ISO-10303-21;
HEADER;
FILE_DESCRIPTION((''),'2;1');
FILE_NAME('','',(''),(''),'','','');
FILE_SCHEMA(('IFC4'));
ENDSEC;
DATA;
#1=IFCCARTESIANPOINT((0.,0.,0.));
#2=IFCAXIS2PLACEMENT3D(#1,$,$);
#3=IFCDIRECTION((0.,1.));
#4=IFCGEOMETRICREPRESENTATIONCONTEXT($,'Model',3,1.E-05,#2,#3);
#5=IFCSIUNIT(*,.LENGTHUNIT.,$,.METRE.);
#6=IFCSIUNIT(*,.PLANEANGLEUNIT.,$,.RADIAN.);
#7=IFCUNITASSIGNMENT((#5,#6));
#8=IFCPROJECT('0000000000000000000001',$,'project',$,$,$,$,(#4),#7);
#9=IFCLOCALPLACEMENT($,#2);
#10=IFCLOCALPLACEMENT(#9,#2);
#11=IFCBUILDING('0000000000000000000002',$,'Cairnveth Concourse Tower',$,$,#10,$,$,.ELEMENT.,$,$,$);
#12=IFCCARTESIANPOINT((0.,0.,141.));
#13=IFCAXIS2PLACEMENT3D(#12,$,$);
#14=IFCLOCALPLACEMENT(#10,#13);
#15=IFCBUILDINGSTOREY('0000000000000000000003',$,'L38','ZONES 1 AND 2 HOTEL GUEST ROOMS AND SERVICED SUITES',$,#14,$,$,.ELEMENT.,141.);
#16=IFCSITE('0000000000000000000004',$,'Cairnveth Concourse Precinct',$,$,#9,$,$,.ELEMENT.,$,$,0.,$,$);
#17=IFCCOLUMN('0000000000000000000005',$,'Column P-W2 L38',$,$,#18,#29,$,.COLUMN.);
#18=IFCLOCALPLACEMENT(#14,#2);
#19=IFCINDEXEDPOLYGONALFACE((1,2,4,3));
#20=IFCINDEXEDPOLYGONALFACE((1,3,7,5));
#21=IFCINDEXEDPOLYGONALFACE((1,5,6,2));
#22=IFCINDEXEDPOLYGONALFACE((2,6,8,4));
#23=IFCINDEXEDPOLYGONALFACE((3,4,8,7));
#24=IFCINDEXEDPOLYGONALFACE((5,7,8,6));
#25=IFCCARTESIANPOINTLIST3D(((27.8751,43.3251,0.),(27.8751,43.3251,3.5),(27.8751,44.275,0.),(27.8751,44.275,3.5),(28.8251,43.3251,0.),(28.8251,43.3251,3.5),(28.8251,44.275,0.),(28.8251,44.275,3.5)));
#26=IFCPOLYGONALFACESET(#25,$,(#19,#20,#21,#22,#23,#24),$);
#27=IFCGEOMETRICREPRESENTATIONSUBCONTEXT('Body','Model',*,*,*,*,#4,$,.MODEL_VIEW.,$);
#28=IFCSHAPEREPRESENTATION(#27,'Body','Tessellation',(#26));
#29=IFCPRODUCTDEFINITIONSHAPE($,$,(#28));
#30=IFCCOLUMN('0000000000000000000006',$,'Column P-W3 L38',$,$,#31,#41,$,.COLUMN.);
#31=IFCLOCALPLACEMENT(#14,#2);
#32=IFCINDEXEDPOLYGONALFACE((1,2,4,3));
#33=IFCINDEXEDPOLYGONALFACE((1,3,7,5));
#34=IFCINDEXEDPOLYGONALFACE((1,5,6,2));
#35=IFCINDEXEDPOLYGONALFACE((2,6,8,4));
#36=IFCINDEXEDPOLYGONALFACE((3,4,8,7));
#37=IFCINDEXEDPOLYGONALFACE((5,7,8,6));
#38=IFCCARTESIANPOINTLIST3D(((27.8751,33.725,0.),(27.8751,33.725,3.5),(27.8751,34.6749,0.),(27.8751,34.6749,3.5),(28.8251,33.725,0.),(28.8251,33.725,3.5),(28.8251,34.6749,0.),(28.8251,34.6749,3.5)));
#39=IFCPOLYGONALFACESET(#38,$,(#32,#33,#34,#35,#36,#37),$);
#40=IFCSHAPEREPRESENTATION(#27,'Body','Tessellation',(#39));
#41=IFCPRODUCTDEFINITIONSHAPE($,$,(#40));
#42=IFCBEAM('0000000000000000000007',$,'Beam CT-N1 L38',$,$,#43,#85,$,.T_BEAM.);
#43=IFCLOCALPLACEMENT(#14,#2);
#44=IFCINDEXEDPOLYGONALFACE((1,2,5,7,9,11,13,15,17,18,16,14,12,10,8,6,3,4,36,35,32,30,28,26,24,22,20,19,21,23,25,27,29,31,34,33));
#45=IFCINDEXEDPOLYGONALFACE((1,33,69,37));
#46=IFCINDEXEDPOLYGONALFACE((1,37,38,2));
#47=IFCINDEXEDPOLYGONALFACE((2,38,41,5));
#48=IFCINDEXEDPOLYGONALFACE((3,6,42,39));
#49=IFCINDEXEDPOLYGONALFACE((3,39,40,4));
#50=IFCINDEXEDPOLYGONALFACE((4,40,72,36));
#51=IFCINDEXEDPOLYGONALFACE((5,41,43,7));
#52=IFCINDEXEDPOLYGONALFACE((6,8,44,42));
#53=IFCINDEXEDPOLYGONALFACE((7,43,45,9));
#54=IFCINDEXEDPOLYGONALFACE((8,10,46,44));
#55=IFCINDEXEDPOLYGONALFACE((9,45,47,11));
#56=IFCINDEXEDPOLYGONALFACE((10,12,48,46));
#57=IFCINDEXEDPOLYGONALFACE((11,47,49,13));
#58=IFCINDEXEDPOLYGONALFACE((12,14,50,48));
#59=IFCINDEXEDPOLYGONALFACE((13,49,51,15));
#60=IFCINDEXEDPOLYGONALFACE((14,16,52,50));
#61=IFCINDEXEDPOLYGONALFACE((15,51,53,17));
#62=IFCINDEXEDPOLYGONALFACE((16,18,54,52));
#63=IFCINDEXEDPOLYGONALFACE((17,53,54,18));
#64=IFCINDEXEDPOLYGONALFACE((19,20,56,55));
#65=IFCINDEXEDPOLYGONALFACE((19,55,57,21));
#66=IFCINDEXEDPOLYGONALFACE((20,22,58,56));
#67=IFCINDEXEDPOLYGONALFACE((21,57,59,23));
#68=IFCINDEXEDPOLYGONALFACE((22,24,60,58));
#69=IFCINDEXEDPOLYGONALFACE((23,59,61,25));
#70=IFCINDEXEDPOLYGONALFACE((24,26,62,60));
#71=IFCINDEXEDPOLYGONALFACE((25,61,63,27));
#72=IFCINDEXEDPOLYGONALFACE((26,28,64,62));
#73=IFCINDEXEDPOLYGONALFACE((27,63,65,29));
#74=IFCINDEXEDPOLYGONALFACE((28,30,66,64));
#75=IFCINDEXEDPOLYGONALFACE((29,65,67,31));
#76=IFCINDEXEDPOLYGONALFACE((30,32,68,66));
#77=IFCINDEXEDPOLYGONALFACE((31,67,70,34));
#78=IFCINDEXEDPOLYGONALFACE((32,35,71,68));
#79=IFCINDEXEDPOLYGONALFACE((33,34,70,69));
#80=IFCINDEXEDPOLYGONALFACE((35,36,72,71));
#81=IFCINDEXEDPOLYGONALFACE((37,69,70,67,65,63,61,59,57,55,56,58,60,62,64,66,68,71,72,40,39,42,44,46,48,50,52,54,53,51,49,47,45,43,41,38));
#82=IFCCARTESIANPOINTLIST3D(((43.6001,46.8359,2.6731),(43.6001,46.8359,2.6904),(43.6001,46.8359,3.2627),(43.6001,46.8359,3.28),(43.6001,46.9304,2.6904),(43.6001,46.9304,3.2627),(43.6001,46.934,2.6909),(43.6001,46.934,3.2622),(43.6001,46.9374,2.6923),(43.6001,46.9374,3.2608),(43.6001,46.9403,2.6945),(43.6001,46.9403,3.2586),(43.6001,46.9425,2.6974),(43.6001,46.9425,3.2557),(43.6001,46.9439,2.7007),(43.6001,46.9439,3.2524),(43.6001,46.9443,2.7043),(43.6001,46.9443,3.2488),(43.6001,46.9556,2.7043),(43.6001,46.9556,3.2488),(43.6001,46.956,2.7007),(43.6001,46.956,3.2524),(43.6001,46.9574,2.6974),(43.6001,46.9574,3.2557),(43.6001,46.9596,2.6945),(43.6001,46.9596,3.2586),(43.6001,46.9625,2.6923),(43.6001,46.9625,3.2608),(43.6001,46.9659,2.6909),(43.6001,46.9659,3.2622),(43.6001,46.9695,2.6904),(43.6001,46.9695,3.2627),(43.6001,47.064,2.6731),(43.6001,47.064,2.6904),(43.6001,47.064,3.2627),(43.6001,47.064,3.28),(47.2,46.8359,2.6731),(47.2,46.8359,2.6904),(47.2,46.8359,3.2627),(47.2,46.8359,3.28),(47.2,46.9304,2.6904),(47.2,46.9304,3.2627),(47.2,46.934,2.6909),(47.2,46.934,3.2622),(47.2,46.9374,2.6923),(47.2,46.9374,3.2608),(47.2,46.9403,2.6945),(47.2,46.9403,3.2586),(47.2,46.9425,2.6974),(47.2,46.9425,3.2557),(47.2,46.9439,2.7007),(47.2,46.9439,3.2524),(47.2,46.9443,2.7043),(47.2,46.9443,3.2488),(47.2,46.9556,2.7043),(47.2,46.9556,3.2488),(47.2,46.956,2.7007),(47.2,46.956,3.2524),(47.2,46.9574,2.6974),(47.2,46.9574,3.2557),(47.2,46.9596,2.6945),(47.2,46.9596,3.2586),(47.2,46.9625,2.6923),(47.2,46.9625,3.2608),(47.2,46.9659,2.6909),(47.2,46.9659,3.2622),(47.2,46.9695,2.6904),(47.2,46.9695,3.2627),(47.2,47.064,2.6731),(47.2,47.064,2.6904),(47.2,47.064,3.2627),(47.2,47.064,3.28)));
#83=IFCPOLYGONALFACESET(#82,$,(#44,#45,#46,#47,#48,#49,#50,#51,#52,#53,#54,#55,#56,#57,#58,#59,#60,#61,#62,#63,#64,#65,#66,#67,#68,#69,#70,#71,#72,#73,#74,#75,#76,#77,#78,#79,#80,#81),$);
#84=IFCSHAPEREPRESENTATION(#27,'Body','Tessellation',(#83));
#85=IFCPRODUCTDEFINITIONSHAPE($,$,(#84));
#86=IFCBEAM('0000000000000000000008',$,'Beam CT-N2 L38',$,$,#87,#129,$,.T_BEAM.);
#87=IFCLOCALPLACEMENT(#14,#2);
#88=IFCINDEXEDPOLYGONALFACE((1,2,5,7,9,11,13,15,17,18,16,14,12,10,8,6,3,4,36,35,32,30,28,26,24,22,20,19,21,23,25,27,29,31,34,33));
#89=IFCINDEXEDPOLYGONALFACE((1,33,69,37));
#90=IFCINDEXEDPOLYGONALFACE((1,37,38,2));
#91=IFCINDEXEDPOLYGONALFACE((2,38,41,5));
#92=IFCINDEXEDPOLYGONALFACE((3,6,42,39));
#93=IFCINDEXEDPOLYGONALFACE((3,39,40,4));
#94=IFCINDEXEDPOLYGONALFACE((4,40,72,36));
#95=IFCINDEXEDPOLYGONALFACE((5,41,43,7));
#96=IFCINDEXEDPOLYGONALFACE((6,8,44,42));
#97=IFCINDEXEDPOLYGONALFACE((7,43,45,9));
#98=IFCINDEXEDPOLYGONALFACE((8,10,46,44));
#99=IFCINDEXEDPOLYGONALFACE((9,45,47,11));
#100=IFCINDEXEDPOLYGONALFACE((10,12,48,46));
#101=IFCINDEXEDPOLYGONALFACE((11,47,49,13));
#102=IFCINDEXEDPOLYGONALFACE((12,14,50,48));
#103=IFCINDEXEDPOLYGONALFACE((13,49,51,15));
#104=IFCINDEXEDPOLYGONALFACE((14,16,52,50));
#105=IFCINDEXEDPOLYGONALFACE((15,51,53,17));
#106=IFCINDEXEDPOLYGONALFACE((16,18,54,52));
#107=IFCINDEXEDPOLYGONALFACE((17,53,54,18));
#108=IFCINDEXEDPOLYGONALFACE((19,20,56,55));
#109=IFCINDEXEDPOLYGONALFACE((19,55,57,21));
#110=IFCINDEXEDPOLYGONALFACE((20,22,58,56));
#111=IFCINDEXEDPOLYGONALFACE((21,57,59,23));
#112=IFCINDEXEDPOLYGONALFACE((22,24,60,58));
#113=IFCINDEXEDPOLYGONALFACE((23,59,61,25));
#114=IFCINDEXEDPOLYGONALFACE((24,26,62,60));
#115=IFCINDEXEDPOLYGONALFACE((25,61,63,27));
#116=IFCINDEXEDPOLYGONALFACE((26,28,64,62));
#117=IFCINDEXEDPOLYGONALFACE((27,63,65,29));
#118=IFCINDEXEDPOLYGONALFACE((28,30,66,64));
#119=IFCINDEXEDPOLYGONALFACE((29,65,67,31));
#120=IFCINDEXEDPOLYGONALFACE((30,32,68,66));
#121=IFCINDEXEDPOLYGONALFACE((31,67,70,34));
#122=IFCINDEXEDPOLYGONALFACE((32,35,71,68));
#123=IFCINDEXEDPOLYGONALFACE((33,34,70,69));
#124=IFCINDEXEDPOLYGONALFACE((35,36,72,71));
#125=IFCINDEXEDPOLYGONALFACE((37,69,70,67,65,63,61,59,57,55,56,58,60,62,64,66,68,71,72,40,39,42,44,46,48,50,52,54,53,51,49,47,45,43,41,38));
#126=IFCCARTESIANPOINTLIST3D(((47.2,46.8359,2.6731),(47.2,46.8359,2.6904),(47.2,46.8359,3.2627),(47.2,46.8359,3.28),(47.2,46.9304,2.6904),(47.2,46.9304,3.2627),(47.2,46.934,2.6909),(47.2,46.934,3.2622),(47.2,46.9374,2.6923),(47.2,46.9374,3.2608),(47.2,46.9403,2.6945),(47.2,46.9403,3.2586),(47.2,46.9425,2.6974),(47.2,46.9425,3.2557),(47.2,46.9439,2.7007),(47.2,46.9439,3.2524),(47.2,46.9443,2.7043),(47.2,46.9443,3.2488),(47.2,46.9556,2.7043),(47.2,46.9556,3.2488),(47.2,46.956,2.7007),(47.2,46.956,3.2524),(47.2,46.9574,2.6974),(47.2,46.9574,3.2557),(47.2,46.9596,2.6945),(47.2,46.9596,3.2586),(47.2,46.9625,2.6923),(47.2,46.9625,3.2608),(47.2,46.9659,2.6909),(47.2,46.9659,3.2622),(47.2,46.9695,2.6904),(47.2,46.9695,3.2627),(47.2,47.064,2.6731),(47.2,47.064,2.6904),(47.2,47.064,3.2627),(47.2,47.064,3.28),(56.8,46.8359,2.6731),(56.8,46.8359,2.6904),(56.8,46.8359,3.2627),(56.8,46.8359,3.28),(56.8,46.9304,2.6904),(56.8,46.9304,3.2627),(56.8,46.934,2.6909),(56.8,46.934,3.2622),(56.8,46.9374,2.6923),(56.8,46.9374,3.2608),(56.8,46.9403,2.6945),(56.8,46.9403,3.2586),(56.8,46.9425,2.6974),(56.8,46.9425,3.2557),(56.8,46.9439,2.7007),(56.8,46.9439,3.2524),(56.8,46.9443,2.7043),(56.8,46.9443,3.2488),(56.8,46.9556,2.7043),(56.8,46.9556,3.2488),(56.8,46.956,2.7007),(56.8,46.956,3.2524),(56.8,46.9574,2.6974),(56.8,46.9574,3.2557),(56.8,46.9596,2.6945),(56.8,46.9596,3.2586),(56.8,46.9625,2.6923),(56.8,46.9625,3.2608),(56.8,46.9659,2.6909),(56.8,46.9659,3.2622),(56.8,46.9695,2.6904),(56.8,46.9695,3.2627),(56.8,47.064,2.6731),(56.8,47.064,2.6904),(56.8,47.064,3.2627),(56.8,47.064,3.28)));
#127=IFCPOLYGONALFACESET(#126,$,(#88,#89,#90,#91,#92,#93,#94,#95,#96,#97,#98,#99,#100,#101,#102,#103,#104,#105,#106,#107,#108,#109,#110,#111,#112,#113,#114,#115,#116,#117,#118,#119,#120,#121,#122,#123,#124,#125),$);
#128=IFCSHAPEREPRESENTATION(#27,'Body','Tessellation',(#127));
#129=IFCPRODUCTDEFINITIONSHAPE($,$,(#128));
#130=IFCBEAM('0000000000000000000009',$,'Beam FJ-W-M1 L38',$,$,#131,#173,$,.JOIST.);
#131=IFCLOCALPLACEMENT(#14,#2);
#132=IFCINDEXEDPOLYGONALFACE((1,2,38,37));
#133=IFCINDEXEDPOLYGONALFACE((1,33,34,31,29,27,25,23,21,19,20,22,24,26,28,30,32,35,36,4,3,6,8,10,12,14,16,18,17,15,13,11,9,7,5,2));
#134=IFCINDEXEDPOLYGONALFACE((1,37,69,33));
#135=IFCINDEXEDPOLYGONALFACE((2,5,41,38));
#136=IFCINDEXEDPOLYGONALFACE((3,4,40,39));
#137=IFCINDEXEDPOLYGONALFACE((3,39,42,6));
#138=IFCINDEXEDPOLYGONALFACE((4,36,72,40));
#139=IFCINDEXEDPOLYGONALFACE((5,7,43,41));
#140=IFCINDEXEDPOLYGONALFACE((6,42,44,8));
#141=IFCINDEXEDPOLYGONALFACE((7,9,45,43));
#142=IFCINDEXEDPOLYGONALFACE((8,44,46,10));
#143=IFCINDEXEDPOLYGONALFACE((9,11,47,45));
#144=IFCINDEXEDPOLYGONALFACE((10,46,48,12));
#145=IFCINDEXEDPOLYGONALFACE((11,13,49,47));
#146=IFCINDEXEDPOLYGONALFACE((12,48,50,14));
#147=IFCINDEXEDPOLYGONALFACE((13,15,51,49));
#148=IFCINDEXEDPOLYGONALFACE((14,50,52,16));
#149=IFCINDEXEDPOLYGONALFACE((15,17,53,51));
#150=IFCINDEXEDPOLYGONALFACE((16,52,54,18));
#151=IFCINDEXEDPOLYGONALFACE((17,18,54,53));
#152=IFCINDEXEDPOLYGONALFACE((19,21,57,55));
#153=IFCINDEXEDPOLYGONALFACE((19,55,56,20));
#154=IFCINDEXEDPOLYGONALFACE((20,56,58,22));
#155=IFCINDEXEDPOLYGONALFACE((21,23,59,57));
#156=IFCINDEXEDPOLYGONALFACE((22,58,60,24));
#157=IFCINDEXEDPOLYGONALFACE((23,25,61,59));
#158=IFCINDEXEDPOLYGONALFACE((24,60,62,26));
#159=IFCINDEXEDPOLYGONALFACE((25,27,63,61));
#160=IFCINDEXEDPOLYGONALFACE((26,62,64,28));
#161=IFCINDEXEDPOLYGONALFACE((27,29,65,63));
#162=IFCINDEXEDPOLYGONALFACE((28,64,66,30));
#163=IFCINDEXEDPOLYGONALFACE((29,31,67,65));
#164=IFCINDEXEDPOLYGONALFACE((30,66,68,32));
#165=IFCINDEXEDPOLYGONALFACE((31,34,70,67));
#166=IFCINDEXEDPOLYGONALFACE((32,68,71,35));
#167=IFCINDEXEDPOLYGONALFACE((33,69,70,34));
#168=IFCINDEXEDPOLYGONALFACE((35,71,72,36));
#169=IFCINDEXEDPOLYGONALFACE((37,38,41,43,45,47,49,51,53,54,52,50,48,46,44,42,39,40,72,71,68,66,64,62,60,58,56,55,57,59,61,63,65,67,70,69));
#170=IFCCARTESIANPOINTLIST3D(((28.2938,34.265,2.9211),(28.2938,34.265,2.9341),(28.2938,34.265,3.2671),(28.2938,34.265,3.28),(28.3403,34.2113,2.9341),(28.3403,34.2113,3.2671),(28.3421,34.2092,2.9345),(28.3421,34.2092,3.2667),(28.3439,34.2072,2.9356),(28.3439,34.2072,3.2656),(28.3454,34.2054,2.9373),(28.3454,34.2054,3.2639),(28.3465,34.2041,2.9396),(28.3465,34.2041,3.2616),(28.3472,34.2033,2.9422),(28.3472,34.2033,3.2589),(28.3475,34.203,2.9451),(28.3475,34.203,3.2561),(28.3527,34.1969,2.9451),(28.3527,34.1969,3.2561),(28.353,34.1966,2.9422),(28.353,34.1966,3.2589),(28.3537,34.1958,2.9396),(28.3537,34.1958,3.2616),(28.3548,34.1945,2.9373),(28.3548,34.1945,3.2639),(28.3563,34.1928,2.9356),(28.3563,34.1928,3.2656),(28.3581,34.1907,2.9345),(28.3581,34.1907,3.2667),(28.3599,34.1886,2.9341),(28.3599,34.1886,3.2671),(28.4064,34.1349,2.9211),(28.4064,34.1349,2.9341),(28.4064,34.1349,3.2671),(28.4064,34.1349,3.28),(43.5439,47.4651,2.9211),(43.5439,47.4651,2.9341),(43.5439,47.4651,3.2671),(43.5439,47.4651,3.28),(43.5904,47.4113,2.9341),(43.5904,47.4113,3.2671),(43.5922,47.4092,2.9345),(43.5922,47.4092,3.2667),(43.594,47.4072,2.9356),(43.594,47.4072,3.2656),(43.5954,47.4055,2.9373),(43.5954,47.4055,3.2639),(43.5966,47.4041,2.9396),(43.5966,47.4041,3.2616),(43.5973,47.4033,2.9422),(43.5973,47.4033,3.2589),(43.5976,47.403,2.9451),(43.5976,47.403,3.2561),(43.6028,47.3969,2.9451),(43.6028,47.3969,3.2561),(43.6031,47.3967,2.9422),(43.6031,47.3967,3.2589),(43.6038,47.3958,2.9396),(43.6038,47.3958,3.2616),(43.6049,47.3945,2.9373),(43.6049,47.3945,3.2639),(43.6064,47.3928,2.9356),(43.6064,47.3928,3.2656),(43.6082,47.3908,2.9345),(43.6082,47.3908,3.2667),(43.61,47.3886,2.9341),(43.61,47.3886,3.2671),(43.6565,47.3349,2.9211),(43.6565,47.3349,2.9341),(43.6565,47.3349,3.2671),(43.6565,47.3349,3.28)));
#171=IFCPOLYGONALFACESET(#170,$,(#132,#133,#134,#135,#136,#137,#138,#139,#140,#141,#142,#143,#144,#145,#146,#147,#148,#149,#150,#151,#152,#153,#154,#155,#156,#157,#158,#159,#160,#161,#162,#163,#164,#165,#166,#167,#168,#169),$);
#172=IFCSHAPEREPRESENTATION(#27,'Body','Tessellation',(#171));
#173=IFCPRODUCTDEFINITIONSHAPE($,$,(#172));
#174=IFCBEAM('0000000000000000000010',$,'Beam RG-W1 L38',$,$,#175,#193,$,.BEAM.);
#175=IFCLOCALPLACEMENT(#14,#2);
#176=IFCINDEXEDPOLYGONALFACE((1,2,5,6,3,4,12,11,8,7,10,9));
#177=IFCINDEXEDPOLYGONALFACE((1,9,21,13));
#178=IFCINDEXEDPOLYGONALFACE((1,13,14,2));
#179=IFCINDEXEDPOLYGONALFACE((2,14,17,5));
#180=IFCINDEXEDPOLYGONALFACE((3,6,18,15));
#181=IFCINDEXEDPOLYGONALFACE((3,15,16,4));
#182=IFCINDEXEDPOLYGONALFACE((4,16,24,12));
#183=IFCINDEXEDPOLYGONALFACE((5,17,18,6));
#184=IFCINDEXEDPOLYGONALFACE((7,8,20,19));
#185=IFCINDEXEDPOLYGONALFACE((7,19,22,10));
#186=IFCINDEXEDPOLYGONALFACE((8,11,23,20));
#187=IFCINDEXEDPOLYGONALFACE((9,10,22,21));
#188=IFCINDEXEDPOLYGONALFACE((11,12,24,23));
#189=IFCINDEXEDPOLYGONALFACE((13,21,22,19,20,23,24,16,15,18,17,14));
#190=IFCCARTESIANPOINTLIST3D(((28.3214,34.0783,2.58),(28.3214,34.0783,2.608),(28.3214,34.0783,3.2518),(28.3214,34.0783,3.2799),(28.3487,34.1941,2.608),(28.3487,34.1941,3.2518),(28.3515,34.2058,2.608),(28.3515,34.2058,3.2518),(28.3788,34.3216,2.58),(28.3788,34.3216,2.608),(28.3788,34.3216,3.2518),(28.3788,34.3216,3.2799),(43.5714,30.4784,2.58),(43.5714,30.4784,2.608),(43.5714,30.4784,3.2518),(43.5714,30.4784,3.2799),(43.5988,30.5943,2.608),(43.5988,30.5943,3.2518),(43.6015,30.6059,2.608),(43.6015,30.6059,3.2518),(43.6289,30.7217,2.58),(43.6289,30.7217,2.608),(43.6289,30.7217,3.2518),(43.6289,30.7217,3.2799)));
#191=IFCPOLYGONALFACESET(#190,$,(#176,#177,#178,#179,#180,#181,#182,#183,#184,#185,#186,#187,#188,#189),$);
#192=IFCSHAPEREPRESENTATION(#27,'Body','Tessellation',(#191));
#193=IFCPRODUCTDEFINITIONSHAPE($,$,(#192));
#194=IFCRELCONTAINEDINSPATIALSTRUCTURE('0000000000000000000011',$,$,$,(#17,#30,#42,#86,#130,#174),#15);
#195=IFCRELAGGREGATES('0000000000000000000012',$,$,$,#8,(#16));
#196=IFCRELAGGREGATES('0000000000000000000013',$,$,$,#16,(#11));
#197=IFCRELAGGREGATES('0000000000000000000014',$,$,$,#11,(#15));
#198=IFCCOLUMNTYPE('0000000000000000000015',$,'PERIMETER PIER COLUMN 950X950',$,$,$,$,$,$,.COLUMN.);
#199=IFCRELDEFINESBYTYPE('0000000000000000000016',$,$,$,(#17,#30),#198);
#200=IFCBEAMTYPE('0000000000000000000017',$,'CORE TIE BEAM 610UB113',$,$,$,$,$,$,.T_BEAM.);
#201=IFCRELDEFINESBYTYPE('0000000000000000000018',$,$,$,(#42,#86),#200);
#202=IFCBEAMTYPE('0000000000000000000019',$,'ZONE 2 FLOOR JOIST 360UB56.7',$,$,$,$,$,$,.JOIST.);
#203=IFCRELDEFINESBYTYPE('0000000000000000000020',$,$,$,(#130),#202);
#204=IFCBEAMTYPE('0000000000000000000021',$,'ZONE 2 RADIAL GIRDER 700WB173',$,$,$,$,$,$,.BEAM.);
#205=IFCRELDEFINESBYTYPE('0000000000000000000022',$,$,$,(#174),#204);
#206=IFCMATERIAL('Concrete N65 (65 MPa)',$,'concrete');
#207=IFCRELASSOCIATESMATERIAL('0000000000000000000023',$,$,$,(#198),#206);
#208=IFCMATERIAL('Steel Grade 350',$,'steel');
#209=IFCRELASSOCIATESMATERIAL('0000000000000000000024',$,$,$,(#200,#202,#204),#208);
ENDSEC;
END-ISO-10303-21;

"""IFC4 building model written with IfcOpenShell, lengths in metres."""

from ifc_helpers import new_model, si_unit, direction, frame, origin, origin_2d, place, context, subcontext, project, spatial, rectangle, i_section, extrude, material, material_profile, profile_set, type_object, element, save


model = new_model("IFC4")

# Units and contexts
model_context = context("Model", 3, precision=1e-05, world=origin(), true_north=direction((0.0, 1.0)))
body_context = subcontext(model_context, "Body", "Model", "MODEL_VIEW")
ifc_project = project(units=[si_unit("LENGTHUNIT", "METRE"), si_unit("PLANEANGLEUNIT", "RADIAN")], contexts=[model_context])

# Site, building, storey
site_placement = place(None, origin())
site = spatial("IfcSite", under=ifc_project, at=site_placement, Name="Cairnveth Concourse Precinct", CompositionType="ELEMENT", RefElevation=0.0)
building_placement = place(site_placement, origin())
building = spatial("IfcBuilding", under=site, at=building_placement, Name="Cairnveth Concourse Tower", CompositionType="ELEMENT")
storey_placement = place(building_placement, frame((0.0, 0.0, 141.0)))
storey = spatial("IfcBuildingStorey", under=building, at=storey_placement, Name="L38", Description="ZONES 1 AND 2 HOTEL GUEST ROOMS AND SERVICED SUITES", CompositionType="ELEMENT", Elevation=141.0)

# Columns
ifc_material_1 = material(Name="Concrete N65 (65 MPa)", Category="concrete")
ifc_material_profile_1 = material_profile(ifc_material_1, rectangle(XDim=0.95, YDim=0.95, at=origin_2d()), Name="RC-COL-950x950")
ifc_profile_set_1 = profile_set([ifc_material_profile_1], Name="Concrete N65 (65 MPa)")
column_type = type_object("IfcColumnType", Name="PERIMETER PIER COLUMN 950X950", PredefinedType="COLUMN", material=ifc_profile_set_1)
for number, where, z_axis, x_axis, name in (
    (1, (28.3501, 43.8, 0.0), (0.0, 0.0, 1.0), (0.0, 1.0, 0.0), "Column P-W2 L38"),
    (2, (28.3501, 34.2, 0.0), (0.0, 0.0, 1.0), (0.0, 1.0, 0.0), "Column P-W3 L38"),
):
    element("IfcColumn", number, at=place(storey_placement, frame(where, z_axis=z_axis, x_axis=x_axis)), inside=storey, type_object=column_type, Name=name, PredefinedType="COLUMN", context=body_context, shape_type="SweptSolid", body=[
        extrude(rectangle(XDim=0.95, YDim=0.95, at=origin_2d()), origin(), (0.0, 0.0, 1.0), 3.5),
    ])

# Beams
ifc_material_2 = material(Name="Steel Grade 350", Category="steel")
ifc_material_profile_2 = material_profile(ifc_material_2, i_section(OverallWidth=0.228, OverallDepth=0.6069, WebThickness=0.0112, FlangeThickness=0.0173, FilletRadius=0.0139, at=origin_2d()), Name="610UB113")
ifc_profile_set_2 = profile_set([ifc_material_profile_2], Name="Steel Grade 350")
beam_type_1 = type_object("IfcBeamType", Name="CORE TIE BEAM 610UB113", PredefinedType="T_BEAM", material=ifc_profile_set_2)
beam_1_placement = place(storey_placement, frame((43.6001, 46.95, 2.9766), z_axis=(1.0, 0.0, 0.0), x_axis=(0.0, 1.0, 0.0)))
element("IfcBeam", 3, at=beam_1_placement, inside=storey, type_object=beam_type_1, Name="Beam CT-N1 L38", PredefinedType="T_BEAM", context=body_context, shape_type="SweptSolid", body=[
    extrude(i_section(OverallWidth=0.228, OverallDepth=0.6069, WebThickness=0.0112, FlangeThickness=0.0173, FilletRadius=0.0139, at=origin_2d()), origin(), (0.0, 0.0, 1.0), 3.5999),
])
beam_2_placement = place(storey_placement, frame((47.2, 46.95, 2.9766), z_axis=(1.0, 0.0, 0.0), x_axis=(0.0, 1.0, 0.0)))
element("IfcBeam", 4, at=beam_2_placement, inside=storey, type_object=beam_type_1, Name="Beam CT-N2 L38", PredefinedType="T_BEAM", context=body_context, shape_type="SweptSolid", body=[
    extrude(i_section(OverallWidth=0.228, OverallDepth=0.6069, WebThickness=0.0112, FlangeThickness=0.0173, FilletRadius=0.0139, at=origin_2d()), origin(), (0.0, 0.0, 1.0), 9.6001),
])
ifc_material_profile_3 = material_profile(ifc_material_2, i_section(OverallWidth=0.1721, OverallDepth=0.3589, WebThickness=0.0081, FlangeThickness=0.0129, FilletRadius=0.011, at=origin_2d()), Name="360UB56.7")
ifc_profile_set_3 = profile_set([ifc_material_profile_3], Name="Steel Grade 350")
beam_type_2 = type_object("IfcBeamType", Name="ZONE 2 FLOOR JOIST 360UB56.7", PredefinedType="JOIST", material=ifc_profile_set_3)
beam_3_placement = place(storey_placement, frame((28.3501, 34.2, 3.1006), z_axis=(0.756099, 0.654457, 0.0), x_axis=(-0.654457, 0.756099, 0.0)))
element("IfcBeam", 5, at=beam_3_placement, inside=storey, type_object=beam_type_2, Name="Beam FJ-W-M1 L38", PredefinedType="JOIST", context=body_context, shape_type="SweptSolid", body=[
    extrude(i_section(OverallWidth=0.1721, OverallDepth=0.3589, WebThickness=0.0081, FlangeThickness=0.0129, FilletRadius=0.011, at=origin_2d()), origin(), (0.0, 0.0, 1.0), 20.1694),
])
ifc_material_profile_4 = material_profile(ifc_material_2, i_section(OverallWidth=0.25, OverallDepth=0.7, WebThickness=0.012, FlangeThickness=0.0281, at=origin_2d()), Name="700WB173")
ifc_profile_set_4 = profile_set([ifc_material_profile_4], Name="Steel Grade 350")
beam_type_3 = type_object("IfcBeamType", Name="ZONE 2 RADIAL GIRDER 700WB173", PredefinedType="BEAM", material=ifc_profile_set_4)
for number, where, z_axis, x_axis, name in (
    (6, (28.3501, 34.2, 2.9299), (0.973252, -0.229742, 0.0), (0.229742, 0.973252, 0.0), "Beam RG-W1 L38"),
):
    element("IfcBeam", number, at=place(storey_placement, frame(where, z_axis=z_axis, x_axis=x_axis)), inside=storey, type_object=beam_type_3, Name=name, PredefinedType="BEAM", context=body_context, shape_type="SweptSolid", body=[
        extrude(i_section(OverallWidth=0.25, OverallDepth=0.7, WebThickness=0.012, FlangeThickness=0.0281, at=origin_2d()), origin(), (0.0, 0.0, 1.0), 15.6692),
    ])

save(model, "model.ifc")
